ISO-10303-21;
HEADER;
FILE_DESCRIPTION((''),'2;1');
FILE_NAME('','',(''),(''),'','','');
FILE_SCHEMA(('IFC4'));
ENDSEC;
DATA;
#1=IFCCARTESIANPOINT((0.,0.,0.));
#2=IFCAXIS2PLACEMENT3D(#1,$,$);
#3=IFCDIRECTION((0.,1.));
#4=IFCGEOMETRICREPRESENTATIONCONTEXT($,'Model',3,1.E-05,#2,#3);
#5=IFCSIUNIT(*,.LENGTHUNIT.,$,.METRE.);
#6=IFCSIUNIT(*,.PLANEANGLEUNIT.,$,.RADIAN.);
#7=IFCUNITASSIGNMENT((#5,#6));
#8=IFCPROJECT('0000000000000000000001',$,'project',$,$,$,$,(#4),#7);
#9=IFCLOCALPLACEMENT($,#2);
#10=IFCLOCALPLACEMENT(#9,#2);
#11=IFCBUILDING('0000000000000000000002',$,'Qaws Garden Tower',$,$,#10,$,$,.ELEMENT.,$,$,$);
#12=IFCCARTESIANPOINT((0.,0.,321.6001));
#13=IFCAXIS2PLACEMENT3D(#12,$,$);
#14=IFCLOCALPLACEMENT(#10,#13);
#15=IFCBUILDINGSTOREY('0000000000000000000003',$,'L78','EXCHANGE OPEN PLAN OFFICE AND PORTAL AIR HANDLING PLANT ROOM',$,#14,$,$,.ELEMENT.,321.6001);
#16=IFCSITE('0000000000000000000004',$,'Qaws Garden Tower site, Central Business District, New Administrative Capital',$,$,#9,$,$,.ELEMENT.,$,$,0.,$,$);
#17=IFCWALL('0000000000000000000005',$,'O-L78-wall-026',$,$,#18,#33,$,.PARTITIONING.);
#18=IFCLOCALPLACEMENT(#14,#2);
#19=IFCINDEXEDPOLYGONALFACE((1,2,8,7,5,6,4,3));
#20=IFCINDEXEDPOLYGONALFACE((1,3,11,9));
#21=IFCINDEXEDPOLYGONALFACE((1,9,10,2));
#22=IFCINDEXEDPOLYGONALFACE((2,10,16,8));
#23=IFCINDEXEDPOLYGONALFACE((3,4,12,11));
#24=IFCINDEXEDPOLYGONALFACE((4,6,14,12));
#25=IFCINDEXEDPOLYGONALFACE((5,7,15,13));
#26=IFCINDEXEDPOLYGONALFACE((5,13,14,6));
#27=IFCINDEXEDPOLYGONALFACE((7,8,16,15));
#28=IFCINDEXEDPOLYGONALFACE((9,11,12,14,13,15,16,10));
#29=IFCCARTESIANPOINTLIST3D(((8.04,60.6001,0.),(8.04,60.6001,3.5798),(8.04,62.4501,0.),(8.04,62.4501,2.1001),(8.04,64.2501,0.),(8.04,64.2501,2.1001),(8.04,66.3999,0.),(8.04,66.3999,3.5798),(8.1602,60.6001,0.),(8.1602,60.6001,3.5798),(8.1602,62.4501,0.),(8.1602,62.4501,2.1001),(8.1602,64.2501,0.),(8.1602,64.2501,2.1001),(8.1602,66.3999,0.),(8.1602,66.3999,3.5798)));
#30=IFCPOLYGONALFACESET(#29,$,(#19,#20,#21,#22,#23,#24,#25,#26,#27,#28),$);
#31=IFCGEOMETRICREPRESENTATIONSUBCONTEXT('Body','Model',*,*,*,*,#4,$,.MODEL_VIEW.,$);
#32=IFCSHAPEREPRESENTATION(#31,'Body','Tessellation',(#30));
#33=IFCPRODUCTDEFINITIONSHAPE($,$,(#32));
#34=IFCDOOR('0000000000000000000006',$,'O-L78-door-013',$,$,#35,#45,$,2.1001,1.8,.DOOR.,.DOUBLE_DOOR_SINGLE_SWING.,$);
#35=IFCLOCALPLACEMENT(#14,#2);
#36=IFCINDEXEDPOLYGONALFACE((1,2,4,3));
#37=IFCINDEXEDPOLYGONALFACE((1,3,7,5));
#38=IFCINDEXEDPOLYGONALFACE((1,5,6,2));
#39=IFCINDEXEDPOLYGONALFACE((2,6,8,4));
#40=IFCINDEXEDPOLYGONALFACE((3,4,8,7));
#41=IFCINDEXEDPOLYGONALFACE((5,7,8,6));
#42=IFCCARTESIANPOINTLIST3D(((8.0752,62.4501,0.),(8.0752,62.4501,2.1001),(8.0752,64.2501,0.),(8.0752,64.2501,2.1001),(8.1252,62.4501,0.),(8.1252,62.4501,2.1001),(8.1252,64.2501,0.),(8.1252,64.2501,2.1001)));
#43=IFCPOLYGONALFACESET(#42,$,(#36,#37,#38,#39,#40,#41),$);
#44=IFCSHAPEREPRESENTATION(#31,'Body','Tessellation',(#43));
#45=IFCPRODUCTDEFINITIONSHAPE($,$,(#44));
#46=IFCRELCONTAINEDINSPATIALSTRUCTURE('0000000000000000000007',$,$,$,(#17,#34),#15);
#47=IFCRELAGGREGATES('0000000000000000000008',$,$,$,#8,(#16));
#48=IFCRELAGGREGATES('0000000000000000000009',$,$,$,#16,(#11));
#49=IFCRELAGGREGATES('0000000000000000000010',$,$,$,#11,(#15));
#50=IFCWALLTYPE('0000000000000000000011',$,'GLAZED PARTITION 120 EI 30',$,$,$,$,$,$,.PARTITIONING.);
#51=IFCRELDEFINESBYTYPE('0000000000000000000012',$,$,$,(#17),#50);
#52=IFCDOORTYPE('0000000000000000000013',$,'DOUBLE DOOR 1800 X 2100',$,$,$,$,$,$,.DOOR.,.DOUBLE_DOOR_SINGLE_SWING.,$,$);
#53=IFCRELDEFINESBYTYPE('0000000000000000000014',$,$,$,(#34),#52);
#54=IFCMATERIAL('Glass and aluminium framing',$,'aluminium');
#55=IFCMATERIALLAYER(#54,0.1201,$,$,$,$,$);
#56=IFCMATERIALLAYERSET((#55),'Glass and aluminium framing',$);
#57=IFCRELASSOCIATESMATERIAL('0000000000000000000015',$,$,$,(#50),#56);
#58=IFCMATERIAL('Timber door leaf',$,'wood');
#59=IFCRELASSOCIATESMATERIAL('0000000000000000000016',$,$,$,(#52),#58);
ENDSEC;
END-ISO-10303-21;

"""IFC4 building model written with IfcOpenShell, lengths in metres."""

from ifc_helpers import new_model, si_unit, direction, frame, frame_2d, origin, place, context, subcontext, project, spatial, rectangle, extrude, material, layer, layer_set, type_object, element, fill, save


model = new_model("IFC4")

# Units and contexts
model_context = context("Model", 3, precision=1e-05, world=origin(), true_north=direction((0.0, 1.0)))
body_context = subcontext(model_context, "Body", "Model", "MODEL_VIEW")
ifc_project = project(units=[si_unit("LENGTHUNIT", "METRE"), si_unit("PLANEANGLEUNIT", "RADIAN")], contexts=[model_context])

# Site, building, storey
site_placement = place(None, origin())
site = spatial("IfcSite", under=ifc_project, at=site_placement, Name="Qaws Garden Tower site, Central Business District, New Administrative Capital", CompositionType="ELEMENT", RefElevation=0.0)
building_placement = place(site_placement, origin())
building = spatial("IfcBuilding", under=site, at=building_placement, Name="Qaws Garden Tower", CompositionType="ELEMENT")
storey_placement = place(building_placement, frame((0.0, 0.0, 321.6001)))
storey = spatial("IfcBuildingStorey", under=building, at=storey_placement, Name="L78", Description="EXCHANGE OPEN PLAN OFFICE AND PORTAL AIR HANDLING PLANT ROOM", CompositionType="ELEMENT", Elevation=321.6001)

# Wall, opening, door
ifc_material_1 = material(Name="Glass and aluminium framing", Category="aluminium")
ifc_layer_1 = layer(ifc_material_1, 0.1201)
ifc_layer_set_1 = layer_set([ifc_layer_1], Name="Glass and aluminium framing")
wall_type_1 = type_object("IfcWallType", Name="GLAZED PARTITION 120 EI 30", PredefinedType="PARTITIONING", material=ifc_layer_set_1)
wall_1_placement = place(storey_placement, frame((8.1001, 60.6001, 0.0), z_axis=(0.0, 0.0, 1.0), x_axis=(0.0, 1.0, 0.0)))
wall_1 = element("IfcWall", 1, at=wall_1_placement, inside=storey, type_object=wall_type_1, Name="O-L78-wall-026", PredefinedType="PARTITIONING", context=body_context, shape_type="SweptSolid", body=[
    extrude(rectangle(XDim=5.7998, YDim=0.1201, at=frame_2d((2.8999, 0.0))), origin(), (0.0, 0.0, 1.0), 3.5798),
])
opening_1_placement = place(wall_1_placement, frame((1.8501, 0.0, 0.0)))
opening_1 = element("IfcOpeningElement", 2, at=opening_1_placement, cuts=wall_1, PredefinedType="OPENING", context=body_context, shape_type="SweptSolid", body=[
    extrude(rectangle(XDim=1.8, YDim=2.1001, at=frame_2d((0.8999, 1.05))), frame((0.0, 0.0701, 0.0), z_axis=(0.0, -1.0, 0.0), x_axis=(1.0, 0.0, 0.0)), (0.0, 0.0, 1.0), 0.1401),
])
ifc_material_2 = material(Name="Timber door leaf", Category="wood")
door_type = type_object("IfcDoorType", Name="DOUBLE DOOR 1800 X 2100", OperationType="DOUBLE_DOOR_SINGLE_SWING", PredefinedType="DOOR", material=ifc_material_2)
door_placement = place(opening_1_placement, origin())
door = element("IfcDoor", 3, at=door_placement, inside=storey, type_object=door_type, Name="O-L78-door-013", OperationType="DOUBLE_DOOR_SINGLE_SWING", OverallHeight=2.1001, OverallWidth=1.8, PredefinedType="DOOR", context=body_context, shape_type="SweptSolid", body=[
    extrude(rectangle(XDim=1.8, YDim=2.1001, at=frame_2d((0.8999, 1.05))), frame((0.0, 0.0249, 0.0), z_axis=(0.0, -1.0, 0.0), x_axis=(1.0, 0.0, 0.0)), (0.0, 0.0, 1.0), 0.05),
])
fill(opening_1, door)

save(model, "model.ifc")
